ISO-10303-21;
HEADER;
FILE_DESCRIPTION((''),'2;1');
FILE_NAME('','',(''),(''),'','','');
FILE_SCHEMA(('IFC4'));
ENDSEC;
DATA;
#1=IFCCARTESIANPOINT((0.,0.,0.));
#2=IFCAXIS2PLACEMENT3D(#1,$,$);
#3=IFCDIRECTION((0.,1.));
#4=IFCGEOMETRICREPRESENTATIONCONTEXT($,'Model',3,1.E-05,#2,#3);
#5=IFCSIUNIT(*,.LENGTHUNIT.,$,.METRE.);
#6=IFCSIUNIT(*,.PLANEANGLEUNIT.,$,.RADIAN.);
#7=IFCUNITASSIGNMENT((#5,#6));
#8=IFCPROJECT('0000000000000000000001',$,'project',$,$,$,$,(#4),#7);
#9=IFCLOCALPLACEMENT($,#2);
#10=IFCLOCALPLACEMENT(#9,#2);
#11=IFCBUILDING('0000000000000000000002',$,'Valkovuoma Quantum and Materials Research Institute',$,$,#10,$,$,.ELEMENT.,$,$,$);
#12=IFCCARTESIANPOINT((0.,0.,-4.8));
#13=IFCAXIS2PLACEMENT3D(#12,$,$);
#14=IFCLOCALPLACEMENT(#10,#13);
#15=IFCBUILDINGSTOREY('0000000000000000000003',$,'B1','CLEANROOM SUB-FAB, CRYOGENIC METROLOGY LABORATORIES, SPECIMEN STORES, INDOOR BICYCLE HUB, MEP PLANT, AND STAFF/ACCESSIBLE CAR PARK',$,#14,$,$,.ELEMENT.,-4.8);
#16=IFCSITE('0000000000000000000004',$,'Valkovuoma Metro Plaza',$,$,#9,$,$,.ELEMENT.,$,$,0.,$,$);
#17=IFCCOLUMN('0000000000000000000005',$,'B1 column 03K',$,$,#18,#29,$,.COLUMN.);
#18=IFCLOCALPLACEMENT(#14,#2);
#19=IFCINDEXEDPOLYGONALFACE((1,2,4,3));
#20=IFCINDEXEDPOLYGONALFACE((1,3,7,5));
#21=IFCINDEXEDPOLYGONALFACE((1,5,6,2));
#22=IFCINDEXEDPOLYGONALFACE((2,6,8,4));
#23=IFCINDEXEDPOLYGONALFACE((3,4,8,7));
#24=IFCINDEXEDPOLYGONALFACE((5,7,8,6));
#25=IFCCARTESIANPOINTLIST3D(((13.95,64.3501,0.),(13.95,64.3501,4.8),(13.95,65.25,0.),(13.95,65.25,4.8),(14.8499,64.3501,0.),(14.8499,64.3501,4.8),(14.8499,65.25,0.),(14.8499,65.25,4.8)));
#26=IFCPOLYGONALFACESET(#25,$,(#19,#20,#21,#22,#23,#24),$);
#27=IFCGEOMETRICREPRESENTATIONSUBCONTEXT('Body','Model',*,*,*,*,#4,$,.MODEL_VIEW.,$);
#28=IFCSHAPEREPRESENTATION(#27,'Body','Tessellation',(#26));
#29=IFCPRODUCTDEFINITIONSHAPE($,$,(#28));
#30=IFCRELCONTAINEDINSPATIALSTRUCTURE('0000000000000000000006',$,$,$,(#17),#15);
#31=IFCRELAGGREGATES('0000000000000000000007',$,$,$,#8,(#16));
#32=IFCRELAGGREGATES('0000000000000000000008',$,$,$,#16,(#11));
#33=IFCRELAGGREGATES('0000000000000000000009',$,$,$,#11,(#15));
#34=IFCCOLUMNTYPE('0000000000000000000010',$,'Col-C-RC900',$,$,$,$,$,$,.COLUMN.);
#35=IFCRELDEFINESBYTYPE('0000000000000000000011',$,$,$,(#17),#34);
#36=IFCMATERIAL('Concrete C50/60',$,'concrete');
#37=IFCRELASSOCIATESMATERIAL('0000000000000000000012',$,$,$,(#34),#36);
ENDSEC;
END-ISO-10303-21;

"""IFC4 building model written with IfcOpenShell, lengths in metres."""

from ifc_helpers import new_model, si_unit, direction, frame, origin, origin_2d, place, context, subcontext, project, spatial, rectangle, extrude, material, material_profile, profile_set, type_object, element, save


model = new_model("IFC4")

# Units and contexts
model_context = context("Model", 3, precision=1e-05, world=origin(), true_north=direction((0.0, 1.0)))
body_context = subcontext(model_context, "Body", "Model", "MODEL_VIEW")
ifc_project = project(units=[si_unit("LENGTHUNIT", "METRE"), si_unit("PLANEANGLEUNIT", "RADIAN")], contexts=[model_context])

# Site, building, storey
site_placement = place(None, origin())
site = spatial("IfcSite", under=ifc_project, at=site_placement, Name="Valkovuoma Metro Plaza", CompositionType="ELEMENT", RefElevation=0.0)
building_placement = place(site_placement, origin())
building = spatial("IfcBuilding", under=site, at=building_placement, Name="Valkovuoma Quantum and Materials Research Institute", CompositionType="ELEMENT")
storey_placement = place(building_placement, frame((0.0, 0.0, -4.8)))
storey = spatial("IfcBuildingStorey", under=building, at=storey_placement, Name="B1", Description="CLEANROOM SUB-FAB, CRYOGENIC METROLOGY LABORATORIES, SPECIMEN STORES, INDOOR BICYCLE HUB, MEP PLANT, AND STAFF/ACCESSIBLE CAR PARK", CompositionType="ELEMENT", Elevation=-4.8)

# Column
ifc_material_1 = material(Name="Concrete C50/60", Category="concrete")
ifc_material_profile_1 = material_profile(ifc_material_1, rectangle(XDim=0.8999, YDim=0.8999, at=origin_2d()), Name="Concrete C50/60")
ifc_profile_set_1 = profile_set([ifc_material_profile_1], Name="Concrete C50/60")
column_type_1 = type_object("IfcColumnType", Name="Col-C-RC900", PredefinedType="COLUMN", material=ifc_profile_set_1)
column_placement = place(storey_placement, frame((14.3999, 64.8, 0.0), z_axis=(0.0, 0.0, 1.0), x_axis=(1.0, 0.0, 0.0)))
element("IfcColumn", 1, at=column_placement, inside=storey, type_object=column_type_1, Name="B1 column 03K", PredefinedType="COLUMN", context=body_context, shape_type="SweptSolid", body=[
    extrude(rectangle(XDim=0.8999, YDim=0.8999, at=origin_2d()), origin(), (0.0, 0.0, 1.0), 4.8),
])

save(model, "model.ifc")
